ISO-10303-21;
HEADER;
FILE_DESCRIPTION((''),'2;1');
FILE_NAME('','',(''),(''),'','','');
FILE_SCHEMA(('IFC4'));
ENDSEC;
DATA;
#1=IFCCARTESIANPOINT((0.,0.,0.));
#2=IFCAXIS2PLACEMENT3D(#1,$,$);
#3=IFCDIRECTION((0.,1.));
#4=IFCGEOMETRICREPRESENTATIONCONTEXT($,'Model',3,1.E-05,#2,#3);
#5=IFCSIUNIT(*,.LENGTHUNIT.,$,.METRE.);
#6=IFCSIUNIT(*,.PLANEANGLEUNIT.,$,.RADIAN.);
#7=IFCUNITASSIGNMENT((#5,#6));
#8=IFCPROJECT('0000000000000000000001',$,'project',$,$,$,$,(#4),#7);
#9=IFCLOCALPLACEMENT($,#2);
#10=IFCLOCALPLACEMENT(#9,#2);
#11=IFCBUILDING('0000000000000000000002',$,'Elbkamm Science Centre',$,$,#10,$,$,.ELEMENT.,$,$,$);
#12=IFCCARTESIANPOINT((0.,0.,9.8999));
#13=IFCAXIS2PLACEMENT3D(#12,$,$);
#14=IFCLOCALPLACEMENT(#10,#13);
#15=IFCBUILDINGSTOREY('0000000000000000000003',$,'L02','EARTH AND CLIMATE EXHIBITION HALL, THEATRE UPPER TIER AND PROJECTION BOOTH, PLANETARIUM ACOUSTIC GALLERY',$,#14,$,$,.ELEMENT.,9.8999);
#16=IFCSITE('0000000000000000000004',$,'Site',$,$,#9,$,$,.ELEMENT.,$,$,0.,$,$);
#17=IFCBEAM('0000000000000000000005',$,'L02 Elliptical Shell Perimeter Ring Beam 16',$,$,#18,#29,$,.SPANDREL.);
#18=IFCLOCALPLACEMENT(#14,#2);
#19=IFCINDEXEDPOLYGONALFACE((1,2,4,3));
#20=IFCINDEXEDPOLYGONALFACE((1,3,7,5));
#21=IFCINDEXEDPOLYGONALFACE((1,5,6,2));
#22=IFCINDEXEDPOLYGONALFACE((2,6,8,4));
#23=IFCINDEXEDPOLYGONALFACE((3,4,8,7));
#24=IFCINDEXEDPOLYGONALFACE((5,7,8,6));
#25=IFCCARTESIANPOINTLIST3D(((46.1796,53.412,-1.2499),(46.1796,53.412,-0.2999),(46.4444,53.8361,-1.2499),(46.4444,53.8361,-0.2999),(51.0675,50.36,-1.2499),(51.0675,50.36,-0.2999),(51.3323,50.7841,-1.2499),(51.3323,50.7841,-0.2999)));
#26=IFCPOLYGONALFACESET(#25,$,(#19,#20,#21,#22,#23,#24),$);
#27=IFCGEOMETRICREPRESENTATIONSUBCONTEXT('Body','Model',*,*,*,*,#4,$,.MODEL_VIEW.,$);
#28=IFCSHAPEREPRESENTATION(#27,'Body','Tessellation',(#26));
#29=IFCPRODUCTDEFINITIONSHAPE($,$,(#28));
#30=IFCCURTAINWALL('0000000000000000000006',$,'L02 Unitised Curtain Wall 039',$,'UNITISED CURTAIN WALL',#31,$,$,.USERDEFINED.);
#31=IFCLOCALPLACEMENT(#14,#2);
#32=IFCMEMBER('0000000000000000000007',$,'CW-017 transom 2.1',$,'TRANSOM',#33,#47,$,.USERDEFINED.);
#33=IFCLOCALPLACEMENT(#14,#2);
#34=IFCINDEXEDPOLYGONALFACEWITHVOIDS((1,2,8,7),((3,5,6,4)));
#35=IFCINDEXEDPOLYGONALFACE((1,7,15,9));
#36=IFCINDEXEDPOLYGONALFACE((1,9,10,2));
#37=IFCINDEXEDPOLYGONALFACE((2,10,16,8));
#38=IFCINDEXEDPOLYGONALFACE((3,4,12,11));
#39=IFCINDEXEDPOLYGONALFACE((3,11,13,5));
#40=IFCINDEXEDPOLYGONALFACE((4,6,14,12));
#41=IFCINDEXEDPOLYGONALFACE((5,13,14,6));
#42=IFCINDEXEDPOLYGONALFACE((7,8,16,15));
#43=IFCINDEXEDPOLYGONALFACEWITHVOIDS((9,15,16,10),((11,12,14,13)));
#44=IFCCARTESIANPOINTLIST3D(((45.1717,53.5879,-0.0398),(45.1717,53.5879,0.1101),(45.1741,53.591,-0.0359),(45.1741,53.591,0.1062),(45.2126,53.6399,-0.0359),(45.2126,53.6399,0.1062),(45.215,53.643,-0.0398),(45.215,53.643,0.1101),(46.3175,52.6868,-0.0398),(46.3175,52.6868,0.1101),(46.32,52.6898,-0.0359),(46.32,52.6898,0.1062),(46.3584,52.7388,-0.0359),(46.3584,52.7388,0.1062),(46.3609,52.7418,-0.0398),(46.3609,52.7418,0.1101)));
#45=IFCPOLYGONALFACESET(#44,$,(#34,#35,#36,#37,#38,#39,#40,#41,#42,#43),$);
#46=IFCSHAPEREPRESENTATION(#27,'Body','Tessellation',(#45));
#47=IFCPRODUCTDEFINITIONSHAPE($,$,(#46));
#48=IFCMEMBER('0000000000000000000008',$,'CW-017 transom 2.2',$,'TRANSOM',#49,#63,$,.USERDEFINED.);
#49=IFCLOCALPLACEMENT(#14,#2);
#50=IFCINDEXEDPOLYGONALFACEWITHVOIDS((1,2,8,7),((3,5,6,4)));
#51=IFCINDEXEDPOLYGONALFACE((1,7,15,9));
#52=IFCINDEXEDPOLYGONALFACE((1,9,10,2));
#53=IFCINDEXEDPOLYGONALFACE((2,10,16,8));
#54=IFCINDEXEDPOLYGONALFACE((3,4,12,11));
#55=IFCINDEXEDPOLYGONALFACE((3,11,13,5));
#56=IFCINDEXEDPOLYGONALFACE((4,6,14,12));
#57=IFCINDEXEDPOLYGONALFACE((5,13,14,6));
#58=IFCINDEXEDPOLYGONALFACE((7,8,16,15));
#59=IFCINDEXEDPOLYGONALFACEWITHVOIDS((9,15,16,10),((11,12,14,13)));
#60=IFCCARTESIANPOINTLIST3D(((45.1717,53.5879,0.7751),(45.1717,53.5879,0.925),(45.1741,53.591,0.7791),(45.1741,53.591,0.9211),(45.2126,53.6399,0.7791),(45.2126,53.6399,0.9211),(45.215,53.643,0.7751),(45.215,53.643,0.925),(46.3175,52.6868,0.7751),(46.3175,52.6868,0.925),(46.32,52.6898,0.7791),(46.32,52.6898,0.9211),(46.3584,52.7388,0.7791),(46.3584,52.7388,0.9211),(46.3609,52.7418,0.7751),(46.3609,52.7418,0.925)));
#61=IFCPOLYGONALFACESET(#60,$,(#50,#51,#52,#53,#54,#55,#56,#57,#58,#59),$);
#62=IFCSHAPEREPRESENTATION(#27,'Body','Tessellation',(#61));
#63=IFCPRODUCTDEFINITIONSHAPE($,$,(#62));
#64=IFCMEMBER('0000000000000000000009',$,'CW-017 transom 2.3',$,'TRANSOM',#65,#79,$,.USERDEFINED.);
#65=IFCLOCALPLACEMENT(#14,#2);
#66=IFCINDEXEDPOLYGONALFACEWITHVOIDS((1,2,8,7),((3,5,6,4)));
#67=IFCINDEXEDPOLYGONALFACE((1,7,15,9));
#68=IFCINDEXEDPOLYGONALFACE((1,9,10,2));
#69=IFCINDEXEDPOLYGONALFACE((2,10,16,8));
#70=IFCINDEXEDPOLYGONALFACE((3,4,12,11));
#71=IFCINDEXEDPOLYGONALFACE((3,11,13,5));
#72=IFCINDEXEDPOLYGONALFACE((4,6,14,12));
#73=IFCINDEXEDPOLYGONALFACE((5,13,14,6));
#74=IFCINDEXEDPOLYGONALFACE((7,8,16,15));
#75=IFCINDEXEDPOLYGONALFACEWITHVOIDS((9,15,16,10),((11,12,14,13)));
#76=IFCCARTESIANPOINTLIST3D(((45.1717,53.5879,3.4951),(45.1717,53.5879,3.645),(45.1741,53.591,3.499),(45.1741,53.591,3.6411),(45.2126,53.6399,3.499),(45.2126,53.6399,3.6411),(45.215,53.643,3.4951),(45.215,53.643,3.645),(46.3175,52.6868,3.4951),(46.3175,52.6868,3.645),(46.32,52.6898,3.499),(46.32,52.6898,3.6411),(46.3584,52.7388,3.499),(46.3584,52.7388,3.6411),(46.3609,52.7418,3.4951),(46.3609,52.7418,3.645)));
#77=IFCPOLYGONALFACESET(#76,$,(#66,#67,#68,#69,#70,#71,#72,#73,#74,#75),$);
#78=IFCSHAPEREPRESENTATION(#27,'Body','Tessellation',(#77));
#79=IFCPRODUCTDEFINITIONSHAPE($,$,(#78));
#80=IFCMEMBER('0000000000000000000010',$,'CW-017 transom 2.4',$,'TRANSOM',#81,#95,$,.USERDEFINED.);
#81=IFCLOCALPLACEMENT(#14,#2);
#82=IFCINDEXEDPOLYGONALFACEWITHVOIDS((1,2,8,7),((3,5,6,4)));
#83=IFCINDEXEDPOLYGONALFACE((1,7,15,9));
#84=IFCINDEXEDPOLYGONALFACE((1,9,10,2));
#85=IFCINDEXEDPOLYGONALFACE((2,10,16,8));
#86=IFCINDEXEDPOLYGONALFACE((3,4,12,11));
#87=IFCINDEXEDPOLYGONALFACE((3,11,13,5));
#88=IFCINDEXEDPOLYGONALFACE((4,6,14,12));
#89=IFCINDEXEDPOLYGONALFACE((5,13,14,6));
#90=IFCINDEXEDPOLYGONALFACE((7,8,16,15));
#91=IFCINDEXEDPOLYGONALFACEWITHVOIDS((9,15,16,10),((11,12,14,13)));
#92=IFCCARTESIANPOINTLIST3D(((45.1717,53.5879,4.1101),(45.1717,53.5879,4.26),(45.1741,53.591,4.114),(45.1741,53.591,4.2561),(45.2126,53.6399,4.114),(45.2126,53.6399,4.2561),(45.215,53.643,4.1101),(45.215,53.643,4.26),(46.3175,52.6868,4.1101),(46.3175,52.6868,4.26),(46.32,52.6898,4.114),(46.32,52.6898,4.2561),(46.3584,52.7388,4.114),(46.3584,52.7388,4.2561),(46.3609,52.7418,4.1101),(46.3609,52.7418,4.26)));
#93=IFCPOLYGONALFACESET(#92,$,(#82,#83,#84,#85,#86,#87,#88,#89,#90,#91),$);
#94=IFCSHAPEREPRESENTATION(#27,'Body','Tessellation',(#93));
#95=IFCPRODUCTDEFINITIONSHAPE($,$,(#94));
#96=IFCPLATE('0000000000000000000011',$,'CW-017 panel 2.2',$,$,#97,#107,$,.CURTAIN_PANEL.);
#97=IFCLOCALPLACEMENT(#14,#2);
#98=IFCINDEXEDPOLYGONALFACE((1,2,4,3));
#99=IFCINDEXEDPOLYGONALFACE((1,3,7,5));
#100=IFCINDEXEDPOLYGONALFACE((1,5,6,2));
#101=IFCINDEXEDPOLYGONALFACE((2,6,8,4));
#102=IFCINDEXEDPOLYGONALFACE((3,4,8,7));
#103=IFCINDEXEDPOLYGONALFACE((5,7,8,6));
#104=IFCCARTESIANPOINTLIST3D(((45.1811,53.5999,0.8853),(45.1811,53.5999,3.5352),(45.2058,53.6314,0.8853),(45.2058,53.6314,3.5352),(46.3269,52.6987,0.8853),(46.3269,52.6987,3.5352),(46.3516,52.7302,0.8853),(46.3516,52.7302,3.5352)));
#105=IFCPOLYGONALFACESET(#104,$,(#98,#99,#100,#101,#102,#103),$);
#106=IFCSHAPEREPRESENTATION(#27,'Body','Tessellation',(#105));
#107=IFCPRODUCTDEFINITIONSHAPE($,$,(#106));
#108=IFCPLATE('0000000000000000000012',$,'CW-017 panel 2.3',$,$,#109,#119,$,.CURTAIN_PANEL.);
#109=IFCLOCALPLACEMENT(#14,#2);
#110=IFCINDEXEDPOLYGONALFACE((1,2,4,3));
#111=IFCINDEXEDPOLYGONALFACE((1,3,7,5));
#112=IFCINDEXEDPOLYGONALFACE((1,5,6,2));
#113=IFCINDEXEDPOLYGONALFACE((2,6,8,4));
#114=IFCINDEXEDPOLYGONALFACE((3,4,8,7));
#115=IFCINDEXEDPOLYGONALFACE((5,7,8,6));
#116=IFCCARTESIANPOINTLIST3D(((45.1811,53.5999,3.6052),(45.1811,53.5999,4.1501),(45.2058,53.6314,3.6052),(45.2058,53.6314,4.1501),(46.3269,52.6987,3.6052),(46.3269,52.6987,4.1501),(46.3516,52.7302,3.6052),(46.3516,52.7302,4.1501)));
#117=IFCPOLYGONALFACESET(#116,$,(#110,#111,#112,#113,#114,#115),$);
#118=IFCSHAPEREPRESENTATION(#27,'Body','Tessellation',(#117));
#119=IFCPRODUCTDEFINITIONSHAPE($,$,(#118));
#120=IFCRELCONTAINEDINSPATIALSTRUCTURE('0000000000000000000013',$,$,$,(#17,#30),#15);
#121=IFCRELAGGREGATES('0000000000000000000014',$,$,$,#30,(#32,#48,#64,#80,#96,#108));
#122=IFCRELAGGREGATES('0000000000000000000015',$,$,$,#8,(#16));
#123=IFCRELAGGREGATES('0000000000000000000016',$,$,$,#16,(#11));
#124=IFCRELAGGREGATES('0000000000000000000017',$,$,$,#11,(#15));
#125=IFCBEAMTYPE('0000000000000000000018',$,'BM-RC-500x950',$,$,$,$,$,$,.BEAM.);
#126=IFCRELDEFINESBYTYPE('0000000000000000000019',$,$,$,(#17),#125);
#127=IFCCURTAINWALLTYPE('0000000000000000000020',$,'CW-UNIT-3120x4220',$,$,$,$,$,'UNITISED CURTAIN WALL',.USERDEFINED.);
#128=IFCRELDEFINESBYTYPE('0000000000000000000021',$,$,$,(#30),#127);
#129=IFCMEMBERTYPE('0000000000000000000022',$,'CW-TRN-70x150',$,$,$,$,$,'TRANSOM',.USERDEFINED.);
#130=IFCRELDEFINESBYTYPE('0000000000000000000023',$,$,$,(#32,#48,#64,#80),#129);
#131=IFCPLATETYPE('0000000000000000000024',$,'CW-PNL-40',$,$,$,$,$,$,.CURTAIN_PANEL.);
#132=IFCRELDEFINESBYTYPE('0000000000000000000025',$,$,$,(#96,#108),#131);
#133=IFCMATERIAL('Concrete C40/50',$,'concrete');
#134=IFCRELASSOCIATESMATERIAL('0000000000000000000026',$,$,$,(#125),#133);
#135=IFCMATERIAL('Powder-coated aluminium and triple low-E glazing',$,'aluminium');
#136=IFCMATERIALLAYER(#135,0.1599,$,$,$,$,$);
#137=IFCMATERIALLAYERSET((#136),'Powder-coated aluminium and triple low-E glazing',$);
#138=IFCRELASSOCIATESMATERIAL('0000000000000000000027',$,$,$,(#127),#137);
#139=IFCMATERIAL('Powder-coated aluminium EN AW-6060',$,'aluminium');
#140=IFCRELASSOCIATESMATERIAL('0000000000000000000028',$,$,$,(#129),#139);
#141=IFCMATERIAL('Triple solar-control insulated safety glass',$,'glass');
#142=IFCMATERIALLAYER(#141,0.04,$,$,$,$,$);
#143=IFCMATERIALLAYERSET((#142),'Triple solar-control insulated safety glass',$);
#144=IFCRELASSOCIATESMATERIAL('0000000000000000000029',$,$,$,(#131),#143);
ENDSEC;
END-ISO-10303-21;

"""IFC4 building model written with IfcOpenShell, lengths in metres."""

from ifc_helpers import new_model, si_unit, direction, frame, origin, origin_2d, place, context, subcontext, project, spatial, rectangle, hollow_rectangle, extrude, material, layer, layer_set, material_profile, profile_set, type_object, element, aggregate, save


model = new_model("IFC4")

# Units and contexts
model_context = context("Model", 3, precision=1e-05, world=origin(), true_north=direction((0.0, 1.0)))
body_context = subcontext(model_context, "Body", "Model", "MODEL_VIEW")
ifc_project = project(units=[si_unit("LENGTHUNIT", "METRE"), si_unit("PLANEANGLEUNIT", "RADIAN")], contexts=[model_context])

# Site, building, storey
site_placement = place(None, origin())
site = spatial("IfcSite", under=ifc_project, at=site_placement, Name="Site", CompositionType="ELEMENT", RefElevation=0.0)
building_placement = place(site_placement, origin())
building = spatial("IfcBuilding", under=site, at=building_placement, Name="Elbkamm Science Centre", CompositionType="ELEMENT")
storey_placement = place(building_placement, frame((0.0, 0.0, 9.8999)))
storey = spatial("IfcBuildingStorey", under=building, at=storey_placement, Name="L02", Description="EARTH AND CLIMATE EXHIBITION HALL, THEATRE UPPER TIER AND PROJECTION BOOTH, PLANETARIUM ACOUSTIC GALLERY", CompositionType="ELEMENT", Elevation=9.8999)

# Shared definitions
ifc_material_1 = material(Name="Concrete C40/50", Category="concrete")

# Beam
ifc_material_profile_1 = material_profile(ifc_material_1, rectangle(XDim=0.5, YDim=0.95, at=origin_2d()), Name="RC 500x950")
ifc_profile_set_1 = profile_set([ifc_material_profile_1], Name="Concrete C40/50")
beam_type_1 = type_object("IfcBeamType", Name="BM-RC-500x950", PredefinedType="BEAM", material=ifc_profile_set_1)
beam_1_placement = place(storey_placement, frame((46.312, 53.624, -0.7749), z_axis=(0.848229, -0.529629, 0.0), x_axis=(0.529629, 0.848229, 0.0)))
element("IfcBeam", 1, at=beam_1_placement, inside=storey, type_object=beam_type_1, Name="L02 Elliptical Shell Perimeter Ring Beam 16", PredefinedType="SPANDREL", context=body_context, shape_type="SweptSolid", body=[
    extrude(rectangle(XDim=0.5, YDim=0.95, at=origin_2d()), origin(), (0.0, 0.0, 1.0), 5.7625),
])

# Curtain wall, members, plates
ifc_material_2 = material(Name="Powder-coated aluminium and triple low-E glazing", Category="aluminium")
ifc_layer_1 = layer(ifc_material_2, 0.1599)
ifc_layer_set_1 = layer_set([ifc_layer_1], Name="Powder-coated aluminium and triple low-E glazing")
curtain_wall_type = type_object("IfcCurtainWallType", Name="CW-UNIT-3120x4220", ElementType="UNITISED CURTAIN WALL", PredefinedType="USERDEFINED", material=ifc_layer_set_1)
curtain_wall_placement = place(storey_placement, origin())
curtain_wall = element("IfcCurtainWall", 2, at=curtain_wall_placement, inside=storey, type_object=curtain_wall_type, Name="L02 Unitised Curtain Wall 039", ObjectType="UNITISED CURTAIN WALL", PredefinedType="USERDEFINED")
ifc_material_3 = material(Name="Powder-coated aluminium EN AW-6060", Category="aluminium")
ifc_material_profile_2 = material_profile(ifc_material_3, hollow_rectangle(XDim=0.0701, YDim=0.1499, WallThickness=0.0039, at=origin_2d()), Name="ALU T70x150")
ifc_profile_set_2 = profile_set([ifc_material_profile_2], Name="Powder-coated aluminium EN AW-6060")
member_type = type_object("IfcMemberType", Name="CW-TRN-70x150", ElementType="TRANSOM", PredefinedType="USERDEFINED", material=ifc_profile_set_2)
member_1_placement = place(storey_placement, frame((45.1934, 53.6155, 0.0352), z_axis=(0.786022, -0.618199, 0.0), x_axis=(0.618199, 0.786022, 0.0)))
member_1 = element("IfcMember", 3, at=member_1_placement, type_object=member_type, Name="CW-017 transom 2.1", ObjectType="TRANSOM", PredefinedType="USERDEFINED", context=body_context, shape_type="SweptSolid", body=[
    extrude(hollow_rectangle(XDim=0.0701, YDim=0.1499, WallThickness=0.0039, at=origin_2d()), origin(), (0.0, 0.0, 1.0), 1.4578),
])
member_2_placement = place(storey_placement, frame((45.1934, 53.6155, 0.8501), z_axis=(0.786022, -0.618199, 0.0), x_axis=(0.618199, 0.786022, 0.0)))
member_2 = element("IfcMember", 4, at=member_2_placement, type_object=member_type, Name="CW-017 transom 2.2", ObjectType="TRANSOM", PredefinedType="USERDEFINED", context=body_context, shape_type="SweptSolid", body=[
    extrude(hollow_rectangle(XDim=0.0701, YDim=0.1499, WallThickness=0.0039, at=origin_2d()), origin(), (0.0, 0.0, 1.0), 1.4578),
])
member_3_placement = place(storey_placement, frame((45.1934, 53.6155, 3.5701), z_axis=(0.786022, -0.618199, 0.0), x_axis=(0.618199, 0.786022, 0.0)))
member_3 = element("IfcMember", 5, at=member_3_placement, type_object=member_type, Name="CW-017 transom 2.3", ObjectType="TRANSOM", PredefinedType="USERDEFINED", context=body_context, shape_type="SweptSolid", body=[
    extrude(hollow_rectangle(XDim=0.0701, YDim=0.1499, WallThickness=0.0039, at=origin_2d()), origin(), (0.0, 0.0, 1.0), 1.4578),
])
member_4_placement = place(storey_placement, frame((45.1934, 53.6155, 4.1851), z_axis=(0.786022, -0.618199, 0.0), x_axis=(0.618199, 0.786022, 0.0)))
member_4 = element("IfcMember", 6, at=member_4_placement, type_object=member_type, Name="CW-017 transom 2.4", ObjectType="TRANSOM", PredefinedType="USERDEFINED", context=body_context, shape_type="SweptSolid", body=[
    extrude(hollow_rectangle(XDim=0.0701, YDim=0.1499, WallThickness=0.0039, at=origin_2d()), origin(), (0.0, 0.0, 1.0), 1.4578),
])
ifc_material_4 = material(Name="Triple solar-control insulated safety glass", Category="glass")
ifc_layer_2 = layer(ifc_material_4, 0.04)
ifc_layer_set_2 = layer_set([ifc_layer_2], Name="Triple solar-control insulated safety glass")
plate_type = type_object("IfcPlateType", Name="CW-PNL-40", PredefinedType="CURTAIN_PANEL", material=ifc_layer_set_2)
plate_1_placement = place(storey_placement, frame((45.7664, 53.165, 0.8853), z_axis=(0.0, 0.0, 1.0), x_axis=(0.786005, -0.61822, 0.0)))
plate_1 = element("IfcPlate", 7, at=plate_1_placement, type_object=plate_type, Name="CW-017 panel 2.2", PredefinedType="CURTAIN_PANEL", context=body_context, shape_type="SweptSolid", body=[
    extrude(rectangle(XDim=1.4578, YDim=0.04, at=origin_2d()), origin(), (0.0, 0.0, 1.0), 2.6499),
])
plate_2_placement = place(storey_placement, frame((45.7664, 53.165, 3.6052), z_axis=(0.0, 0.0, 1.0), x_axis=(0.786005, -0.61822, 0.0)))
plate_2 = element("IfcPlate", 8, at=plate_2_placement, type_object=plate_type, Name="CW-017 panel 2.3", PredefinedType="CURTAIN_PANEL", context=body_context, shape_type="SweptSolid", body=[
    extrude(rectangle(XDim=1.4578, YDim=0.04, at=origin_2d()), origin(), (0.0, 0.0, 1.0), 0.5449),
])
aggregate(curtain_wall, [member_1, member_2, member_3, member_4, plate_1, plate_2])

save(model, "model.ifc")
